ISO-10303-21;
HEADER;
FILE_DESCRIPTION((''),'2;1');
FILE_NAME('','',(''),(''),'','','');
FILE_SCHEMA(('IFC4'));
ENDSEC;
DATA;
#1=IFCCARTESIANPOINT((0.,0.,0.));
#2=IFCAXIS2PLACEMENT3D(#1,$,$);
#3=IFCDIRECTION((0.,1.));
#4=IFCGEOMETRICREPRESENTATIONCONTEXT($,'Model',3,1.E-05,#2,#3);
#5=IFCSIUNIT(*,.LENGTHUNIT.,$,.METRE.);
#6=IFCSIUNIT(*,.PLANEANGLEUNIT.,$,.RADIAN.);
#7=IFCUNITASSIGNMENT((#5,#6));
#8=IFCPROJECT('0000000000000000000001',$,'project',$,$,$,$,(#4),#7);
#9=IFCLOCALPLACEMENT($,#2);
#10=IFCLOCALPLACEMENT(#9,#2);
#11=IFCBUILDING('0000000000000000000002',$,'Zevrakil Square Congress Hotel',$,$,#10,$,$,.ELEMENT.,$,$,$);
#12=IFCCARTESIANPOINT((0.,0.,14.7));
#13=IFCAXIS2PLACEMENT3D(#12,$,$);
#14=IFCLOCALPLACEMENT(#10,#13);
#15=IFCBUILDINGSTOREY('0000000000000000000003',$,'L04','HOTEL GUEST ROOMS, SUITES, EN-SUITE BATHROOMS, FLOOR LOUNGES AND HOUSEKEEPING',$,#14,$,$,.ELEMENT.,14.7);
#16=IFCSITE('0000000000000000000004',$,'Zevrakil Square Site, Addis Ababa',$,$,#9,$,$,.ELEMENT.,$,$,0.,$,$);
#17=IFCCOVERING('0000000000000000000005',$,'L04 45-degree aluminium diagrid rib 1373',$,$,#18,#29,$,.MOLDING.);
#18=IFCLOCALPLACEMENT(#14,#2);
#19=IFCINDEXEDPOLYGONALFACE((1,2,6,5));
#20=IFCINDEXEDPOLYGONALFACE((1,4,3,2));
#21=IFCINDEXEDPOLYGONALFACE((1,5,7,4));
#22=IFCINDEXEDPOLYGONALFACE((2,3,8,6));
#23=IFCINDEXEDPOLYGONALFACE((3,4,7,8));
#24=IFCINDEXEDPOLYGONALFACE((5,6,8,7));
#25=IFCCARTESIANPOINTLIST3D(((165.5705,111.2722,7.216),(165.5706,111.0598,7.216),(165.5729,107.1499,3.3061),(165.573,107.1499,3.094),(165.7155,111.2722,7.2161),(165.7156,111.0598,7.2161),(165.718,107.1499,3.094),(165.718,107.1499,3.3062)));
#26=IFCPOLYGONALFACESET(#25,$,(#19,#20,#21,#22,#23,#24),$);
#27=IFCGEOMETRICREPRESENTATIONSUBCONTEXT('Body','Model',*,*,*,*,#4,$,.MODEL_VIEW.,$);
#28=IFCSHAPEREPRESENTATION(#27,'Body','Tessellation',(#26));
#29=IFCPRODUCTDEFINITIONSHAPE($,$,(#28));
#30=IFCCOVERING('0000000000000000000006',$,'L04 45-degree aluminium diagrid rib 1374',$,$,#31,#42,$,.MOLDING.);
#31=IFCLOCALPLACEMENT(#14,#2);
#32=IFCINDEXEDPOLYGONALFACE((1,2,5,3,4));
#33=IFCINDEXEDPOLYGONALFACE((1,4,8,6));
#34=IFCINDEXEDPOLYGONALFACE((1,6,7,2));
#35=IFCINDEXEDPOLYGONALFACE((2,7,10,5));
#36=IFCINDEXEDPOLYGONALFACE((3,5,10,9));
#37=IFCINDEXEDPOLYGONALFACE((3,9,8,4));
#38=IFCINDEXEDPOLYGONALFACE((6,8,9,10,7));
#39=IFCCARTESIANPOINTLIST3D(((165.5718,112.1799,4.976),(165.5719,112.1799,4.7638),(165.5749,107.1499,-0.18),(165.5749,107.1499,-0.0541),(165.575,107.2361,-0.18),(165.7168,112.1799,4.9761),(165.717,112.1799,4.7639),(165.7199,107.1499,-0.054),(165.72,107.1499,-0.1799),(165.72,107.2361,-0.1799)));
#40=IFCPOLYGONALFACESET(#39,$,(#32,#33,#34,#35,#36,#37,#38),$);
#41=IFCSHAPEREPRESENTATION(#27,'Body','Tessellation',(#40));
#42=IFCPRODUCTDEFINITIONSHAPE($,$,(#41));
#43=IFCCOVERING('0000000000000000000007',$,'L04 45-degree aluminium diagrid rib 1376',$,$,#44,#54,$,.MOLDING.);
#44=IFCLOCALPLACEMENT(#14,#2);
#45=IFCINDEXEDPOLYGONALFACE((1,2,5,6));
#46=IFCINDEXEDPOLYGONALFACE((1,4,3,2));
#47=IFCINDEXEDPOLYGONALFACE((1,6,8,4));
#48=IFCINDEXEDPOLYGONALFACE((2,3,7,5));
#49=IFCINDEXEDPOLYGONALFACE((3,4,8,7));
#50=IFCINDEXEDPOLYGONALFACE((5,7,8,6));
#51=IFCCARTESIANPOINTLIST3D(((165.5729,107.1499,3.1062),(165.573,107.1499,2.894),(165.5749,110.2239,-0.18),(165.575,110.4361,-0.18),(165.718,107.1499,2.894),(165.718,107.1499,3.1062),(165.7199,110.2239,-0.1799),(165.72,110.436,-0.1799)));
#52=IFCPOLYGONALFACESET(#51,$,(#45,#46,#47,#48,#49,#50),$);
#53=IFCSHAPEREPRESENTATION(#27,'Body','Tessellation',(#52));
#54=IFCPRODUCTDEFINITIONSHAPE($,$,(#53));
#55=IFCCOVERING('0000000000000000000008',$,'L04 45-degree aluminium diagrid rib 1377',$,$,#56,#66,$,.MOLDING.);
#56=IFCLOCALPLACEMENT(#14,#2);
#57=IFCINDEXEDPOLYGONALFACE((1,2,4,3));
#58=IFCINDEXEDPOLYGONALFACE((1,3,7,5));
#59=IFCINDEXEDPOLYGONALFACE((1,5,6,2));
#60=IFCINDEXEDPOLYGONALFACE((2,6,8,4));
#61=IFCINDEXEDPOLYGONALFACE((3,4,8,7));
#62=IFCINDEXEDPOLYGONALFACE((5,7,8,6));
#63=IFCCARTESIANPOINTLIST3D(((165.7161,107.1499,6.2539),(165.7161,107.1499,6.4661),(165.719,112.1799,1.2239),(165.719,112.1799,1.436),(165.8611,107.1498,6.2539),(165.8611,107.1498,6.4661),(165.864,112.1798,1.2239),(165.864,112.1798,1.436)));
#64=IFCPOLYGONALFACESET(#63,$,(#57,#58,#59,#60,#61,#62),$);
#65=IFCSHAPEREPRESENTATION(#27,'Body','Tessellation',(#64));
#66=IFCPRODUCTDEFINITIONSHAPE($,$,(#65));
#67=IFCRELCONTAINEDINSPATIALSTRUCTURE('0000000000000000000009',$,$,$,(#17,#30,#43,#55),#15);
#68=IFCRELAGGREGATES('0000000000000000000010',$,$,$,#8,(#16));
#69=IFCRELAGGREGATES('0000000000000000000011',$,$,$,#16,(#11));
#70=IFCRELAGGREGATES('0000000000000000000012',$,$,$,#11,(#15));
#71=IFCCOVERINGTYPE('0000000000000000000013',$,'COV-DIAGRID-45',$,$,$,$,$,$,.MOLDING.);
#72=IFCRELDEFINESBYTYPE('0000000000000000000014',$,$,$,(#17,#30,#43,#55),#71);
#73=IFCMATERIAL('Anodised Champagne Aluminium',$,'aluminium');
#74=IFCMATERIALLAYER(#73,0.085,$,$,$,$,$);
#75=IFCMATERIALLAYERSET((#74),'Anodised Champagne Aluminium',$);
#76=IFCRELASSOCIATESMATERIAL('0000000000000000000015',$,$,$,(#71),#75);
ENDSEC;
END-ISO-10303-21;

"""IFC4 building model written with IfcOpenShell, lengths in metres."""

from ifc_helpers import new_model, si_unit, direction, frame, origin, place, context, subcontext, project, spatial, polyline, outline, extrude, material, layer, layer_set, type_object, element, save


model = new_model("IFC4")

# Units and contexts
model_context = context("Model", 3, precision=1e-05, world=origin(), true_north=direction((0.0, 1.0)))
body_context = subcontext(model_context, "Body", "Model", "MODEL_VIEW")
ifc_project = project(units=[si_unit("LENGTHUNIT", "METRE"), si_unit("PLANEANGLEUNIT", "RADIAN")], contexts=[model_context])

# Site, building, storey
site_placement = place(None, origin())
site = spatial("IfcSite", under=ifc_project, at=site_placement, Name="Zevrakil Square Site, Addis Ababa", CompositionType="ELEMENT", RefElevation=0.0)
building_placement = place(site_placement, origin())
building = spatial("IfcBuilding", under=site, at=building_placement, Name="Zevrakil Square Congress Hotel", CompositionType="ELEMENT")
storey_placement = place(building_placement, frame((0.0, 0.0, 14.7)))
storey = spatial("IfcBuildingStorey", under=building, at=storey_placement, Name="L04", Description="HOTEL GUEST ROOMS, SUITES, EN-SUITE BATHROOMS, FLOOR LOUNGES AND HOUSEKEEPING", CompositionType="ELEMENT", Elevation=14.7)

# Coverings
ifc_material_1 = material(Name="Anodised Champagne Aluminium", Category="aluminium")
ifc_layer_1 = layer(ifc_material_1, 0.085)
ifc_layer_set_1 = layer_set([ifc_layer_1], Name="Anodised Champagne Aluminium")
covering_type_1 = type_object("IfcCoveringType", Name="COV-DIAGRID-45", PredefinedType="MOLDING", material=ifc_layer_set_1)
covering_1_placement = place(storey_placement, frame((165.718, 107.1499, 3.094), z_axis=(1.0, 0.000304, 0.000304), x_axis=(-0.000304, 0.0, 1.0)))
element("IfcCovering", 1, at=covering_1_placement, inside=storey, type_object=covering_type_1, Name="L04 45-degree aluminium diagrid rib 1373", PredefinedType="MOLDING", context=body_context, shape_type="SweptSolid", body=[
    extrude(outline(polyline([(0.0, 0.0), (0.2122, 0.0), (4.1221, -3.9099), (4.1221, -4.1223), (0.0, 0.0)])), origin(), (0.0, 0.0, -1.0), 0.145),
])
covering_2_placement = place(storey_placement, frame((165.72, 107.2361, -0.1799), z_axis=(1.0, -0.000087, 0.000696), x_axis=(-0.000087, -1.0, 0.0)))
element("IfcCovering", 2, at=covering_2_placement, inside=storey, type_object=covering_type_1, Name="L04 45-degree aluminium diagrid rib 1374", PredefinedType="MOLDING", context=body_context, shape_type="SweptSolid", body=[
    extrude(outline(polyline([(0.0, 0.0), (0.0862, 0.0), (0.0862, -0.126), (-4.9438, -5.156), (-4.9438, -4.9438), (0.0, 0.0)])), origin(), (0.0, 0.0, -1.0), 0.145),
])
covering_3_placement = place(storey_placement, frame((165.718, 107.1499, 2.894), z_axis=(1.0, -0.000307, 0.000307), x_axis=(-0.000307, 0.0, 1.0)))
element("IfcCovering", 3, at=covering_3_placement, inside=storey, type_object=covering_type_1, Name="L04 45-degree aluminium diagrid rib 1376", PredefinedType="MOLDING", context=body_context, shape_type="SweptSolid", body=[
    extrude(outline(polyline([(0.0, 0.0), (0.2122, 0.0), (-3.074, -3.2861), (-3.074, -3.074), (0.0, 0.0)])), origin(), (0.0, 0.0, -1.0), 0.145),
])
covering_4_placement = place(storey_placement, frame((165.7161, 107.1499, 6.2539), z_axis=(-1.0, 0.000582, 0.0), x_axis=(0.0, 0.0, 1.0)))
element("IfcCovering", 4, at=covering_4_placement, inside=storey, type_object=covering_type_1, Name="L04 45-degree aluminium diagrid rib 1377", PredefinedType="MOLDING", context=body_context, shape_type="SweptSolid", body=[
    extrude(outline(polyline([(0.0, 0.0), (0.2122, 0.0), (-4.8179, 5.03), (-5.03, 5.03), (0.0, 0.0)])), origin(), (0.0, 0.0, -1.0), 0.145),
])

save(model, "model.ifc")
